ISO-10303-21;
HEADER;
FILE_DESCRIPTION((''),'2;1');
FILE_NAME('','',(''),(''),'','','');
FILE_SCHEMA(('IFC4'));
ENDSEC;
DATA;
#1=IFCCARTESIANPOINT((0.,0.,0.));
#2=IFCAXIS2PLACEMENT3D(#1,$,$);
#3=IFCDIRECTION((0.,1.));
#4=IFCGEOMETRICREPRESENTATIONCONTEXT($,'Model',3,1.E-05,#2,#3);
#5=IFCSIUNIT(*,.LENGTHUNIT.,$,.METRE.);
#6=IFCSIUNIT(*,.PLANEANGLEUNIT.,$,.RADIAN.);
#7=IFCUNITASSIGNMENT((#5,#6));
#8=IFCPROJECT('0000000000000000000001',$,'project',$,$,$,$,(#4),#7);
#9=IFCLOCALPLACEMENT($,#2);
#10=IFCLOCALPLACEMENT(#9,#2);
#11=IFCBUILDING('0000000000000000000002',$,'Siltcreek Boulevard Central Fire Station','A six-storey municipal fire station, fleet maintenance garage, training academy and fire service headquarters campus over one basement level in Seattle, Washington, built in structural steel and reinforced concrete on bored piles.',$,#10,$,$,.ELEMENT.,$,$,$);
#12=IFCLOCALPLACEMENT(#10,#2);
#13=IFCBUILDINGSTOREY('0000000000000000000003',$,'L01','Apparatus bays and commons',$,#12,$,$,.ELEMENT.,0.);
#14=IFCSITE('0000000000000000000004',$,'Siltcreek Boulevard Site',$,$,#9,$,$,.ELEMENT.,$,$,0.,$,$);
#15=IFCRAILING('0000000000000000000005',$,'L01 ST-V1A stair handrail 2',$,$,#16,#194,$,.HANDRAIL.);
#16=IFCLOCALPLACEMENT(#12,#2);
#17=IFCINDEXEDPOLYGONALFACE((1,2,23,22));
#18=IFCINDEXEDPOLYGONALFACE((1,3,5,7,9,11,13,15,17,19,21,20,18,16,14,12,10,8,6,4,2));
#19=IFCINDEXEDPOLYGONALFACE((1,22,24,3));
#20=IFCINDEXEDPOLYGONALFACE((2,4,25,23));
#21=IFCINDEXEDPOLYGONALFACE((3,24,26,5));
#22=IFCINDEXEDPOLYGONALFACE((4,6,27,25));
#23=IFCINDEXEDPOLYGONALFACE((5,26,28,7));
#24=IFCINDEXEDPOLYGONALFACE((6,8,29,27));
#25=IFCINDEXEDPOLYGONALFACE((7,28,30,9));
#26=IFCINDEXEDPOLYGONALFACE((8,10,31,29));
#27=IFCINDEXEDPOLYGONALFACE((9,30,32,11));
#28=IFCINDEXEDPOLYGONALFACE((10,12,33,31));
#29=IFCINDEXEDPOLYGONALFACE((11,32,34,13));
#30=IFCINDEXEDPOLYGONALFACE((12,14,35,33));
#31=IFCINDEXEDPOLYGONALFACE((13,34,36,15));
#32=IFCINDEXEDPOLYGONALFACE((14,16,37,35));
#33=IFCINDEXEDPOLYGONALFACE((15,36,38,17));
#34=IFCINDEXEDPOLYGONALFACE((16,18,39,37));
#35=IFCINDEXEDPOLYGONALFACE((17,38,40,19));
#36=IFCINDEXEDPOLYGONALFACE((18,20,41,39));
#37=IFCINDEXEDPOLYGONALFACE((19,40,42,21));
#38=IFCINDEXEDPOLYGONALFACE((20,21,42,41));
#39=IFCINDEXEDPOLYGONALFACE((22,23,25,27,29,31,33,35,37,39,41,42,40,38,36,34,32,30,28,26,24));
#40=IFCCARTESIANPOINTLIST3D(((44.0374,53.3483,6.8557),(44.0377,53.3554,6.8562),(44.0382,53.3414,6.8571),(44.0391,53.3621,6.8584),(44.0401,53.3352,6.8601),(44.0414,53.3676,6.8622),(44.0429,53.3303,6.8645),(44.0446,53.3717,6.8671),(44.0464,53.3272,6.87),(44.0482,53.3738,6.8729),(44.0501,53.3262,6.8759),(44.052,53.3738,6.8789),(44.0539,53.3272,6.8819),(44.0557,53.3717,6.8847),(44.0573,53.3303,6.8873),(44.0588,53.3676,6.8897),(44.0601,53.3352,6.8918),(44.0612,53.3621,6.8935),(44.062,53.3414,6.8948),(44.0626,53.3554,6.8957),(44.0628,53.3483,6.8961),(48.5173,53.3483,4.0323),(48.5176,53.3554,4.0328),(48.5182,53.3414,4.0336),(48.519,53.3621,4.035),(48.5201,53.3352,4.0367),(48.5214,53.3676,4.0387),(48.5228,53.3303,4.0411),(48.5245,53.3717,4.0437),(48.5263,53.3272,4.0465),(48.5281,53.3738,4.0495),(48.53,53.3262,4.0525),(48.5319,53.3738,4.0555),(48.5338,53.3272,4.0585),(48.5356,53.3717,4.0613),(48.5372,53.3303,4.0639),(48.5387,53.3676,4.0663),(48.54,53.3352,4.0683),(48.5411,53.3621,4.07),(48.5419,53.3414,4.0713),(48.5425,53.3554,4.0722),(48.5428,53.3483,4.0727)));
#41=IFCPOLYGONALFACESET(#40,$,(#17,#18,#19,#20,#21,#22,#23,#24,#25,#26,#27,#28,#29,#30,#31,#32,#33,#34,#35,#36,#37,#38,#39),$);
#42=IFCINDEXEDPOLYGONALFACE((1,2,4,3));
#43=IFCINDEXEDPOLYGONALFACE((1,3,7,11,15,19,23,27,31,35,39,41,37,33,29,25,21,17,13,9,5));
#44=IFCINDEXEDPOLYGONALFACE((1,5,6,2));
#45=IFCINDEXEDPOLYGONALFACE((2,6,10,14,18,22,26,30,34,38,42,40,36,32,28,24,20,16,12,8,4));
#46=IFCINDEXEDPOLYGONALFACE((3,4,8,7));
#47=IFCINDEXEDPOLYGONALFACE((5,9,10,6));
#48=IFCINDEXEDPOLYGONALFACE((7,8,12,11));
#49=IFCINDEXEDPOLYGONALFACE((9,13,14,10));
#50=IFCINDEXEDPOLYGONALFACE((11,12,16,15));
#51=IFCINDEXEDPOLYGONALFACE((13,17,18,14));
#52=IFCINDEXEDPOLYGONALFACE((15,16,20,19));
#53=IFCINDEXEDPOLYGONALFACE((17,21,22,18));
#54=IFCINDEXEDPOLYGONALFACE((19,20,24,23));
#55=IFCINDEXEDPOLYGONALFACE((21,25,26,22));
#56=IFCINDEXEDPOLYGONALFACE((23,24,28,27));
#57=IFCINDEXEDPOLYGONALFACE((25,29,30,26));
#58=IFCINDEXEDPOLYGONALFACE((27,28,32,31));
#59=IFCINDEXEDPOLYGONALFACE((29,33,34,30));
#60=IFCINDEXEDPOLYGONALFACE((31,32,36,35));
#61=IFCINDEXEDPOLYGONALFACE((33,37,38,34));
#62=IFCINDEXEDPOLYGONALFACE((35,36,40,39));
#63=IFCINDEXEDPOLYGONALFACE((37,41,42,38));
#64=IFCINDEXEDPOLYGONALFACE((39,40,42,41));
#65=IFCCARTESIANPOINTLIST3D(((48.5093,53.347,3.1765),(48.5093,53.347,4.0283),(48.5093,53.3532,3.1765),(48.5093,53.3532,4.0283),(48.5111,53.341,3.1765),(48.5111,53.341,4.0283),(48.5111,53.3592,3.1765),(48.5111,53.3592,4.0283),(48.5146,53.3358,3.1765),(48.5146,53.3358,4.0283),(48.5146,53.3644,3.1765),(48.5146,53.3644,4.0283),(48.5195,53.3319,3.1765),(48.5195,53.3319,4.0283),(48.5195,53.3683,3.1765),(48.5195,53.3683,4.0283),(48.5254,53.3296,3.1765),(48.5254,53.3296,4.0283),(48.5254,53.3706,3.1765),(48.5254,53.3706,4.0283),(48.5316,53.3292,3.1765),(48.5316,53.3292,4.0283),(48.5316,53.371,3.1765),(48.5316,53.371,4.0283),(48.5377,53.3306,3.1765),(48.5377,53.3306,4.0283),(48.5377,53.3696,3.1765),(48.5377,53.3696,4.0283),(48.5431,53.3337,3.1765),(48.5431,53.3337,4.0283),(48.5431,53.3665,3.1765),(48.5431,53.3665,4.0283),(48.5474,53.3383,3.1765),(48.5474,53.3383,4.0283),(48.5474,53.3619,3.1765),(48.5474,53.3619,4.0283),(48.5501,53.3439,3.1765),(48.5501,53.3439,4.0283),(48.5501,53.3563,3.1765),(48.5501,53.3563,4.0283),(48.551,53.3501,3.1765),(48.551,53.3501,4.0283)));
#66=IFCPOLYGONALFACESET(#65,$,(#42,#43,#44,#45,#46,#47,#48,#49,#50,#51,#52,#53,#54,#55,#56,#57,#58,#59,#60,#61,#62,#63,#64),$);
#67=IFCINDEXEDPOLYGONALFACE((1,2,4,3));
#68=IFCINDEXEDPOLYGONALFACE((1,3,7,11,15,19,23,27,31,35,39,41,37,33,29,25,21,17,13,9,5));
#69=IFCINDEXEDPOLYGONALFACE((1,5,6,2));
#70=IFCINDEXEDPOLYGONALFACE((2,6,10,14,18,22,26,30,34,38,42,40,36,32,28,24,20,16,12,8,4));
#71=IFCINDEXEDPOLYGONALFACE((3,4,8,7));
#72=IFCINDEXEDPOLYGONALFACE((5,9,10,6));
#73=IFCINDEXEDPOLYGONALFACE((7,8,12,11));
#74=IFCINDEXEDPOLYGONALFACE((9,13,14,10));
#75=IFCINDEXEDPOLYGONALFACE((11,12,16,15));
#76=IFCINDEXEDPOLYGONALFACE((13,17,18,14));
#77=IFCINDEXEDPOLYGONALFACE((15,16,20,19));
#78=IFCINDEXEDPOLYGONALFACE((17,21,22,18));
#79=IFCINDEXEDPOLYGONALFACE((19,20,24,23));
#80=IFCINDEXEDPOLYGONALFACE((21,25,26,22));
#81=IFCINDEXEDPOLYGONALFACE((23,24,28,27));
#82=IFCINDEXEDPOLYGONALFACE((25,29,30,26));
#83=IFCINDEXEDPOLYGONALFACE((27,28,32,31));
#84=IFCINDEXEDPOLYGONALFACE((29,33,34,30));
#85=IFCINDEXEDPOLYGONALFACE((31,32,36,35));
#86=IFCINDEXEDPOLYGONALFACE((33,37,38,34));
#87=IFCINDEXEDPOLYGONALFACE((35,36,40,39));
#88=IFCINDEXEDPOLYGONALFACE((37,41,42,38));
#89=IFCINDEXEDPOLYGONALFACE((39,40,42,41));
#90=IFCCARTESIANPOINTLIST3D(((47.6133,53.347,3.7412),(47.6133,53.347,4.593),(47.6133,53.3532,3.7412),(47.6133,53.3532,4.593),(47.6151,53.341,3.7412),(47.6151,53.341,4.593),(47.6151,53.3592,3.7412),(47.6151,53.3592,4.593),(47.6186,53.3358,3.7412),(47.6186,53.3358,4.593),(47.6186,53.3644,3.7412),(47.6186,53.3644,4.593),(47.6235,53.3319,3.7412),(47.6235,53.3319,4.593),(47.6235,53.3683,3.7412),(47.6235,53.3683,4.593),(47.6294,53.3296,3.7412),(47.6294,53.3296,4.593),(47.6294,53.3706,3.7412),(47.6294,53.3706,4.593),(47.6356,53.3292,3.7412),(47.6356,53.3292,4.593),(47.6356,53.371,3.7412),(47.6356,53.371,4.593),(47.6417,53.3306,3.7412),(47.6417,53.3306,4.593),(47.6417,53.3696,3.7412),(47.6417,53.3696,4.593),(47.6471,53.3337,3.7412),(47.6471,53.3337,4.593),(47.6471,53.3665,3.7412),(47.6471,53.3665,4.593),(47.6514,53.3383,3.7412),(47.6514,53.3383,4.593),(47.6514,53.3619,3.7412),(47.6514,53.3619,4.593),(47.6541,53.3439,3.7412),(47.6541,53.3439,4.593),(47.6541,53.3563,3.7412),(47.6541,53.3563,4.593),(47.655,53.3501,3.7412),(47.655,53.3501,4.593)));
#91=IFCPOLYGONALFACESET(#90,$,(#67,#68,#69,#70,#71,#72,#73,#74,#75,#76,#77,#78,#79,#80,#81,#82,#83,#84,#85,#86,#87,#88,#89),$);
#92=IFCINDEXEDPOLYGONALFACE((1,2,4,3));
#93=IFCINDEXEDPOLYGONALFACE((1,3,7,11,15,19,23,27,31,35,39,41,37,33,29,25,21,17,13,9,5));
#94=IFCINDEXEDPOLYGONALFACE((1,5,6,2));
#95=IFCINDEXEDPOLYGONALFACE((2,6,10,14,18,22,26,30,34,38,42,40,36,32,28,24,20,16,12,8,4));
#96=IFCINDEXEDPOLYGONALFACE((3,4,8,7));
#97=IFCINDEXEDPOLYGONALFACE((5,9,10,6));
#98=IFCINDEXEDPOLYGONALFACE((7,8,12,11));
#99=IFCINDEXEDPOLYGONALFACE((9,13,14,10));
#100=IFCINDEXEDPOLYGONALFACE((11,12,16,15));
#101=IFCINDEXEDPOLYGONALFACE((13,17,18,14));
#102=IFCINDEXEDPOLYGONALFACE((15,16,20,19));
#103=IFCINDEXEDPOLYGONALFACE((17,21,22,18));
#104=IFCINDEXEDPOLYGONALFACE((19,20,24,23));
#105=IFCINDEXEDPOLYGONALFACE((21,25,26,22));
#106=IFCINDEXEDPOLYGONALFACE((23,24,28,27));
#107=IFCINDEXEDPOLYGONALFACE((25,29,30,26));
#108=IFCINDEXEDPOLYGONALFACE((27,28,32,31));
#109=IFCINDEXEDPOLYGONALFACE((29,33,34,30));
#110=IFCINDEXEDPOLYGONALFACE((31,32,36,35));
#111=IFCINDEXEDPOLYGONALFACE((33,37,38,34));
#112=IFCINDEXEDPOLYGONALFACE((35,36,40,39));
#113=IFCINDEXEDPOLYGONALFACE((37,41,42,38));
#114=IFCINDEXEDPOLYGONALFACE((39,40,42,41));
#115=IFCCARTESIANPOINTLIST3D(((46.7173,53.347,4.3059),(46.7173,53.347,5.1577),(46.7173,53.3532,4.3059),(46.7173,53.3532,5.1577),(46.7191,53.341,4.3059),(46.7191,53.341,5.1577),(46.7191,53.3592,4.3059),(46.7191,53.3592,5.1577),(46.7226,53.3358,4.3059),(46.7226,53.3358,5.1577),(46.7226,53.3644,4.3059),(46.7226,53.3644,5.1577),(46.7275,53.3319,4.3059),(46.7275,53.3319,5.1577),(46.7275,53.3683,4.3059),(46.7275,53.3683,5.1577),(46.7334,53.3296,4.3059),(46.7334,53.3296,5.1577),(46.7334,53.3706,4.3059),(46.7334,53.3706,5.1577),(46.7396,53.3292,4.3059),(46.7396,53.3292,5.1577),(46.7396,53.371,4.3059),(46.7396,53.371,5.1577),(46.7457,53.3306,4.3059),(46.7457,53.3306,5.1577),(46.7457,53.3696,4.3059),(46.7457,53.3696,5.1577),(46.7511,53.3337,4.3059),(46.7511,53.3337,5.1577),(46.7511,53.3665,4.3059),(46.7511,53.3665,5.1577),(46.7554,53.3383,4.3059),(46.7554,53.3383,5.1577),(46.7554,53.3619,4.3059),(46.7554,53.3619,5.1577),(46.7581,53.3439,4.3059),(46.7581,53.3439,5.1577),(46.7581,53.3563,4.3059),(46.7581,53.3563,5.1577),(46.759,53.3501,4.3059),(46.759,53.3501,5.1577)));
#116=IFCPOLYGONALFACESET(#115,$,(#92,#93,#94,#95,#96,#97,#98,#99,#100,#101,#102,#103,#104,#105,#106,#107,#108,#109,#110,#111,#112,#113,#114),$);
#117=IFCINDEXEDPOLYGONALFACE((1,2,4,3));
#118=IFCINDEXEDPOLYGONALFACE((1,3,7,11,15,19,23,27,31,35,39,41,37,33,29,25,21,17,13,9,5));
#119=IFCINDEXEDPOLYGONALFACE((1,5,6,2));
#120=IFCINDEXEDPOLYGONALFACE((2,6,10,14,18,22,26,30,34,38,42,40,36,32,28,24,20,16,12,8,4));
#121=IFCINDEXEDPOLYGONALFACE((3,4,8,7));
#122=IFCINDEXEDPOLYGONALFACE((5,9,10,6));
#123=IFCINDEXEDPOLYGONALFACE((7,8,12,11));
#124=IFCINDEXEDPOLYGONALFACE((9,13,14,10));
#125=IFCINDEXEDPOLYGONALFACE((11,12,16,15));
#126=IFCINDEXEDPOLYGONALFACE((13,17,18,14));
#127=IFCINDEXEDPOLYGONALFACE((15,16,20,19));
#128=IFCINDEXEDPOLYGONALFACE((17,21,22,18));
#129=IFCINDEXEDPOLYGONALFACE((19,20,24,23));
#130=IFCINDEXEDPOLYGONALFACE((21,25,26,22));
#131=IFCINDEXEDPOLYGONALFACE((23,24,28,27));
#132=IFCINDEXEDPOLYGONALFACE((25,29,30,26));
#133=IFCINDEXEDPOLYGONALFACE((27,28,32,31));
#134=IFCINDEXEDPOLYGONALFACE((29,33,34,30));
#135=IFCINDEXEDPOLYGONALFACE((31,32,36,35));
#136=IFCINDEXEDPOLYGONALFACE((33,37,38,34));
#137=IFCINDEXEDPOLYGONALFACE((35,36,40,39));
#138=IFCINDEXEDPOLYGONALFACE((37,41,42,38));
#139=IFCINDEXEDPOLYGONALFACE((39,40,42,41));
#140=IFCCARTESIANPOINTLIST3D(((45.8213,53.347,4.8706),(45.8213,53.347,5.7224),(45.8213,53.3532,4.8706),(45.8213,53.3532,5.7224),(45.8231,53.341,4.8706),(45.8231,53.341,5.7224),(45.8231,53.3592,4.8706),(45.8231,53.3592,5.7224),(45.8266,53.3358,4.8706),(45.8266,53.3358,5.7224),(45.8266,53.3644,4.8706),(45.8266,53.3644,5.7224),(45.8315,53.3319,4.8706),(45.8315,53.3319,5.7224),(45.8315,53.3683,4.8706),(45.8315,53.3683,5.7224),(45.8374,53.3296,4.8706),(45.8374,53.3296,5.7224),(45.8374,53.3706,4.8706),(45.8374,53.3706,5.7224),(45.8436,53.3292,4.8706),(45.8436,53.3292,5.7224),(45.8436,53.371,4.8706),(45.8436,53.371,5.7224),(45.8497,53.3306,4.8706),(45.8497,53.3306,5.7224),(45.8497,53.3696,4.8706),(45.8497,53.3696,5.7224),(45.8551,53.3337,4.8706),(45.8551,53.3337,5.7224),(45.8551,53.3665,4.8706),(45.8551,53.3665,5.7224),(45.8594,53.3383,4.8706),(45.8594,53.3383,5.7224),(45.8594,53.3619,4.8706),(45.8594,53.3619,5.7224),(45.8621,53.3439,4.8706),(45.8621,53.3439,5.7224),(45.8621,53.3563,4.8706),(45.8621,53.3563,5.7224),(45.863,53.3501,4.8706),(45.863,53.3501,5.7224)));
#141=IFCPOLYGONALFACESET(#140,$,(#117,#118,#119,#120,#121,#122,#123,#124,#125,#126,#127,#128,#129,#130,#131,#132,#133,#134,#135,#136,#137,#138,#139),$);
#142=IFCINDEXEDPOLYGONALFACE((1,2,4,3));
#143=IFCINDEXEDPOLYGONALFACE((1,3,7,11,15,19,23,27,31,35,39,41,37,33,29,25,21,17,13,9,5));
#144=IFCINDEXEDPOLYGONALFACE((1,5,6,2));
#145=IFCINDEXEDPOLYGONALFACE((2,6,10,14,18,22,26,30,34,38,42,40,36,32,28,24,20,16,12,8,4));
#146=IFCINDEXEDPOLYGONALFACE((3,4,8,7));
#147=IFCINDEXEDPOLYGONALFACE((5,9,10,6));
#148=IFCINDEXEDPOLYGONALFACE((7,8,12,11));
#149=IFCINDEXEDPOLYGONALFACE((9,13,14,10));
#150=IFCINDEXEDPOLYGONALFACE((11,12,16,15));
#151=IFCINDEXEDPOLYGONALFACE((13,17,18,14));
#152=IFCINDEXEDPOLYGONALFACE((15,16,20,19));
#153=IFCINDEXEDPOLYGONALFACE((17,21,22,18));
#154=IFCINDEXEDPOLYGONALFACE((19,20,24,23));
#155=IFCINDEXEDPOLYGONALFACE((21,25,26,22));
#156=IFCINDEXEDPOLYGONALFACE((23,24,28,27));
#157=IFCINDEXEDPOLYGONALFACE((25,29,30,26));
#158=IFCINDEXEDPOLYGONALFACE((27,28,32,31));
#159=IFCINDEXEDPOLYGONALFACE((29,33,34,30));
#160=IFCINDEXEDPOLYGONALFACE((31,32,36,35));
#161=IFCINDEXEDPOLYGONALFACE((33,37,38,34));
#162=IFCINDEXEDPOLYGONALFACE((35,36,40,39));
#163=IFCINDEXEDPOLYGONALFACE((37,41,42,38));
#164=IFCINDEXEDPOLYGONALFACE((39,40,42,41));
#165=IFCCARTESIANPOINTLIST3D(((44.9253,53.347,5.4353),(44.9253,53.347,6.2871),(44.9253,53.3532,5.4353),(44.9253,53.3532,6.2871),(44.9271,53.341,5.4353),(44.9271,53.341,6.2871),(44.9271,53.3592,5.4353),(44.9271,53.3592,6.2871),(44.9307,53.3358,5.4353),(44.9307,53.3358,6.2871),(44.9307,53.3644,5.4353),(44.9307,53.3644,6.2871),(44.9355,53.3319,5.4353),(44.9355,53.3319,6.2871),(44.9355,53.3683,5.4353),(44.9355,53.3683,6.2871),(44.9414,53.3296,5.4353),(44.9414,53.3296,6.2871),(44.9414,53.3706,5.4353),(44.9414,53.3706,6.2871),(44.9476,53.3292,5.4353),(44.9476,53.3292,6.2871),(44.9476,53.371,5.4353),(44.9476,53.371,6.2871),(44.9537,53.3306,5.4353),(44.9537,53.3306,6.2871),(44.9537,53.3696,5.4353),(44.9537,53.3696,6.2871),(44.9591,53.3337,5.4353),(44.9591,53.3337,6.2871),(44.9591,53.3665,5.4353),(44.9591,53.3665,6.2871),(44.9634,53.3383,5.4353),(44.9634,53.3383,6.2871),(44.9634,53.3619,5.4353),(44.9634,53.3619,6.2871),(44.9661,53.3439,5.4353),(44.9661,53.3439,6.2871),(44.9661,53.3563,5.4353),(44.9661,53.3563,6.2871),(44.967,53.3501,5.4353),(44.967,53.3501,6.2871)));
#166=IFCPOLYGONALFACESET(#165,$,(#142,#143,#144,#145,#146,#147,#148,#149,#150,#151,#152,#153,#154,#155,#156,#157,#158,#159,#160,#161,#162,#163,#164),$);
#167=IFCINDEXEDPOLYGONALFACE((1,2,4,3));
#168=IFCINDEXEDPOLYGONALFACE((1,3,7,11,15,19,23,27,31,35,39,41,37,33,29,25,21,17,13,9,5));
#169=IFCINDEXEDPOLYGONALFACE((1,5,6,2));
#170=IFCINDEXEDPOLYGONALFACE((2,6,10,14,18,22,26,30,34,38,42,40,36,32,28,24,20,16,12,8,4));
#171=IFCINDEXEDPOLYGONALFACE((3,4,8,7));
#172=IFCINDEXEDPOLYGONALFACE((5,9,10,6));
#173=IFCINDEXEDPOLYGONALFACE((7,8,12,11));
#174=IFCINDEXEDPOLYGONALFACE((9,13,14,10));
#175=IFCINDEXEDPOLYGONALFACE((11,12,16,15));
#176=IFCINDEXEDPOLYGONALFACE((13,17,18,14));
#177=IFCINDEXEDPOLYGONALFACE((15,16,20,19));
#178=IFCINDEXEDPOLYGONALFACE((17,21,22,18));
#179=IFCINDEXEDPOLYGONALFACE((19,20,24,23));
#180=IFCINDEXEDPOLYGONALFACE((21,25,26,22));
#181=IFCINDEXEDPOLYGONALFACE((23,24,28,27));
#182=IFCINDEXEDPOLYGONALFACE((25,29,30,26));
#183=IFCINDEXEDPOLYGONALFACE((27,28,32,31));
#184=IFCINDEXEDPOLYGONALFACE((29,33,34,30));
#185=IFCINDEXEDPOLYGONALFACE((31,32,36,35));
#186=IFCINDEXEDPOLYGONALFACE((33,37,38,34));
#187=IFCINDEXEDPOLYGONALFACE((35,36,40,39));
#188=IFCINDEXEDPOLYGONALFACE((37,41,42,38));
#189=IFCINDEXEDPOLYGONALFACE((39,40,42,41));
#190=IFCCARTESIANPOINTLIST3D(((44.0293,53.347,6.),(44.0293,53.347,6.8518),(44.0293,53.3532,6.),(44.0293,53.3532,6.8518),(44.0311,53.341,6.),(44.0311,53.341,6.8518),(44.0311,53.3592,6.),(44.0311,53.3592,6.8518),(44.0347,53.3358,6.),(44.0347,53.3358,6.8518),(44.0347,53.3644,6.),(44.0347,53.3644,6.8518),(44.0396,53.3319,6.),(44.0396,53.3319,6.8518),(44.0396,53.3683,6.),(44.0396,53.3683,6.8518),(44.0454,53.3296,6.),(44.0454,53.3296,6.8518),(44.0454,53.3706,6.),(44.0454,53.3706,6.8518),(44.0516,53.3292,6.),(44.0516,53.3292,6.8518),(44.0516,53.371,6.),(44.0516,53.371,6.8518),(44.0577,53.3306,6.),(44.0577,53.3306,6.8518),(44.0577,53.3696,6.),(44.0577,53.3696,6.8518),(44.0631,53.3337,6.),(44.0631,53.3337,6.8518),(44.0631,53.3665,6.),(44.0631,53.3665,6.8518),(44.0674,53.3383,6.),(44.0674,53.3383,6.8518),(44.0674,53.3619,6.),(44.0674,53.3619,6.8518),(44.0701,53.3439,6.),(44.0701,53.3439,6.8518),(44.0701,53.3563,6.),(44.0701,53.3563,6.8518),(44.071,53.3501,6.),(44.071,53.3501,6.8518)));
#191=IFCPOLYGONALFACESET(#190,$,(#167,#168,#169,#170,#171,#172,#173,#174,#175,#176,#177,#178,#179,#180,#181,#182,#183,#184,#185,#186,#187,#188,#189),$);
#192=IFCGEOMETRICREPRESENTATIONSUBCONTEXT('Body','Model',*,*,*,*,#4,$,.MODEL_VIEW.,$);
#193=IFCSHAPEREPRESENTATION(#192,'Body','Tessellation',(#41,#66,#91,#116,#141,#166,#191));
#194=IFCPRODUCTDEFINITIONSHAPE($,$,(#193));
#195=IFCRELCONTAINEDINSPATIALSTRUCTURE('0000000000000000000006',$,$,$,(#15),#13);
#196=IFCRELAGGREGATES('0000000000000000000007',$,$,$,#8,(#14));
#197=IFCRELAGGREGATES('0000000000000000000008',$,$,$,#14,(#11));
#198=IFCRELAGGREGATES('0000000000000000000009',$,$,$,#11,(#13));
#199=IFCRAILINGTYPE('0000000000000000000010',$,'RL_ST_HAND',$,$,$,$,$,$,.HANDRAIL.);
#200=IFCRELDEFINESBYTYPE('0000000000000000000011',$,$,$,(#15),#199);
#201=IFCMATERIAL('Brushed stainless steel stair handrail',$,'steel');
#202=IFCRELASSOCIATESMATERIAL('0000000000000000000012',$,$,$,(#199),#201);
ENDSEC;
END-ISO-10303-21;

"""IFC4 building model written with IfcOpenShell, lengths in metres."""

from ifc_helpers import new_model, si_unit, direction, frame, origin, origin_2d, place, context, subcontext, project, spatial, circle, extrude, material, type_object, element, save


model = new_model("IFC4")

# Units and contexts
model_context = context("Model", 3, precision=1e-05, world=origin(), true_north=direction((0.0, 1.0)))
body_context = subcontext(model_context, "Body", "Model", "MODEL_VIEW")
ifc_project = project(units=[si_unit("LENGTHUNIT", "METRE"), si_unit("PLANEANGLEUNIT", "RADIAN")], contexts=[model_context])

# Site, building, storey
site_placement = place(None, origin())
site = spatial("IfcSite", under=ifc_project, at=site_placement, Name="Siltcreek Boulevard Site", CompositionType="ELEMENT", RefElevation=0.0)
building_placement = place(site_placement, origin())
building = spatial("IfcBuilding", under=site, at=building_placement, Name="Siltcreek Boulevard Central Fire Station", Description="A six-storey municipal fire station, fleet maintenance garage, training academy and fire service headquarters campus over one basement level in Seattle, Washington, built in structural steel and reinforced concrete on bored piles.", CompositionType="ELEMENT")
storey_placement = place(building_placement, origin())
storey = spatial("IfcBuildingStorey", under=building, at=storey_placement, Name="L01", Description="Apparatus bays and commons", CompositionType="ELEMENT", Elevation=0.0)

# Railing
ifc_material_1 = material(Name="Brushed stainless steel stair handrail", Category="steel")
railing_type_1 = type_object("IfcRailingType", Name="RL_ST_HAND", PredefinedType="HANDRAIL", material=ifc_material_1)
railing_1_placement = place(storey_placement, frame((48.53, 53.3501, 3.1765)))
element("IfcRailing", 1, at=railing_1_placement, inside=storey, type_object=railing_type_1, Name="L01 ST-V1A stair handrail 2", PredefinedType="HANDRAIL", context=body_context, shape_type="SweptSolid", body=[
    extrude(circle(Radius=0.0239, at=origin_2d()), frame((0.0, 0.0, 0.876), z_axis=(-0.845998, 0.0, 0.533186), x_axis=(0.0, -1.0, 0.0)), (0.0, 0.0, 1.0), 5.2954),
    extrude(circle(Radius=0.021, at=origin_2d()), origin(), (0.0, 0.0, 1.0), 0.8518),
    extrude(circle(Radius=0.021, at=origin_2d()), frame((-0.896, 0.0, 0.5647)), (0.0, 0.0, 1.0), 0.8518),
    extrude(circle(Radius=0.021, at=origin_2d()), frame((-1.792, 0.0, 1.1294)), (0.0, 0.0, 1.0), 0.8518),
    extrude(circle(Radius=0.021, at=origin_2d()), frame((-2.688, 0.0, 1.6941)), (0.0, 0.0, 1.0), 0.8518),
    extrude(circle(Radius=0.021, at=origin_2d()), frame((-3.584, 0.0, 2.2588)), (0.0, 0.0, 1.0), 0.8518),
    extrude(circle(Radius=0.021, at=origin_2d()), frame((-4.48, 0.0, 2.8235)), (0.0, 0.0, 1.0), 0.8518),
])

save(model, "model.ifc")
